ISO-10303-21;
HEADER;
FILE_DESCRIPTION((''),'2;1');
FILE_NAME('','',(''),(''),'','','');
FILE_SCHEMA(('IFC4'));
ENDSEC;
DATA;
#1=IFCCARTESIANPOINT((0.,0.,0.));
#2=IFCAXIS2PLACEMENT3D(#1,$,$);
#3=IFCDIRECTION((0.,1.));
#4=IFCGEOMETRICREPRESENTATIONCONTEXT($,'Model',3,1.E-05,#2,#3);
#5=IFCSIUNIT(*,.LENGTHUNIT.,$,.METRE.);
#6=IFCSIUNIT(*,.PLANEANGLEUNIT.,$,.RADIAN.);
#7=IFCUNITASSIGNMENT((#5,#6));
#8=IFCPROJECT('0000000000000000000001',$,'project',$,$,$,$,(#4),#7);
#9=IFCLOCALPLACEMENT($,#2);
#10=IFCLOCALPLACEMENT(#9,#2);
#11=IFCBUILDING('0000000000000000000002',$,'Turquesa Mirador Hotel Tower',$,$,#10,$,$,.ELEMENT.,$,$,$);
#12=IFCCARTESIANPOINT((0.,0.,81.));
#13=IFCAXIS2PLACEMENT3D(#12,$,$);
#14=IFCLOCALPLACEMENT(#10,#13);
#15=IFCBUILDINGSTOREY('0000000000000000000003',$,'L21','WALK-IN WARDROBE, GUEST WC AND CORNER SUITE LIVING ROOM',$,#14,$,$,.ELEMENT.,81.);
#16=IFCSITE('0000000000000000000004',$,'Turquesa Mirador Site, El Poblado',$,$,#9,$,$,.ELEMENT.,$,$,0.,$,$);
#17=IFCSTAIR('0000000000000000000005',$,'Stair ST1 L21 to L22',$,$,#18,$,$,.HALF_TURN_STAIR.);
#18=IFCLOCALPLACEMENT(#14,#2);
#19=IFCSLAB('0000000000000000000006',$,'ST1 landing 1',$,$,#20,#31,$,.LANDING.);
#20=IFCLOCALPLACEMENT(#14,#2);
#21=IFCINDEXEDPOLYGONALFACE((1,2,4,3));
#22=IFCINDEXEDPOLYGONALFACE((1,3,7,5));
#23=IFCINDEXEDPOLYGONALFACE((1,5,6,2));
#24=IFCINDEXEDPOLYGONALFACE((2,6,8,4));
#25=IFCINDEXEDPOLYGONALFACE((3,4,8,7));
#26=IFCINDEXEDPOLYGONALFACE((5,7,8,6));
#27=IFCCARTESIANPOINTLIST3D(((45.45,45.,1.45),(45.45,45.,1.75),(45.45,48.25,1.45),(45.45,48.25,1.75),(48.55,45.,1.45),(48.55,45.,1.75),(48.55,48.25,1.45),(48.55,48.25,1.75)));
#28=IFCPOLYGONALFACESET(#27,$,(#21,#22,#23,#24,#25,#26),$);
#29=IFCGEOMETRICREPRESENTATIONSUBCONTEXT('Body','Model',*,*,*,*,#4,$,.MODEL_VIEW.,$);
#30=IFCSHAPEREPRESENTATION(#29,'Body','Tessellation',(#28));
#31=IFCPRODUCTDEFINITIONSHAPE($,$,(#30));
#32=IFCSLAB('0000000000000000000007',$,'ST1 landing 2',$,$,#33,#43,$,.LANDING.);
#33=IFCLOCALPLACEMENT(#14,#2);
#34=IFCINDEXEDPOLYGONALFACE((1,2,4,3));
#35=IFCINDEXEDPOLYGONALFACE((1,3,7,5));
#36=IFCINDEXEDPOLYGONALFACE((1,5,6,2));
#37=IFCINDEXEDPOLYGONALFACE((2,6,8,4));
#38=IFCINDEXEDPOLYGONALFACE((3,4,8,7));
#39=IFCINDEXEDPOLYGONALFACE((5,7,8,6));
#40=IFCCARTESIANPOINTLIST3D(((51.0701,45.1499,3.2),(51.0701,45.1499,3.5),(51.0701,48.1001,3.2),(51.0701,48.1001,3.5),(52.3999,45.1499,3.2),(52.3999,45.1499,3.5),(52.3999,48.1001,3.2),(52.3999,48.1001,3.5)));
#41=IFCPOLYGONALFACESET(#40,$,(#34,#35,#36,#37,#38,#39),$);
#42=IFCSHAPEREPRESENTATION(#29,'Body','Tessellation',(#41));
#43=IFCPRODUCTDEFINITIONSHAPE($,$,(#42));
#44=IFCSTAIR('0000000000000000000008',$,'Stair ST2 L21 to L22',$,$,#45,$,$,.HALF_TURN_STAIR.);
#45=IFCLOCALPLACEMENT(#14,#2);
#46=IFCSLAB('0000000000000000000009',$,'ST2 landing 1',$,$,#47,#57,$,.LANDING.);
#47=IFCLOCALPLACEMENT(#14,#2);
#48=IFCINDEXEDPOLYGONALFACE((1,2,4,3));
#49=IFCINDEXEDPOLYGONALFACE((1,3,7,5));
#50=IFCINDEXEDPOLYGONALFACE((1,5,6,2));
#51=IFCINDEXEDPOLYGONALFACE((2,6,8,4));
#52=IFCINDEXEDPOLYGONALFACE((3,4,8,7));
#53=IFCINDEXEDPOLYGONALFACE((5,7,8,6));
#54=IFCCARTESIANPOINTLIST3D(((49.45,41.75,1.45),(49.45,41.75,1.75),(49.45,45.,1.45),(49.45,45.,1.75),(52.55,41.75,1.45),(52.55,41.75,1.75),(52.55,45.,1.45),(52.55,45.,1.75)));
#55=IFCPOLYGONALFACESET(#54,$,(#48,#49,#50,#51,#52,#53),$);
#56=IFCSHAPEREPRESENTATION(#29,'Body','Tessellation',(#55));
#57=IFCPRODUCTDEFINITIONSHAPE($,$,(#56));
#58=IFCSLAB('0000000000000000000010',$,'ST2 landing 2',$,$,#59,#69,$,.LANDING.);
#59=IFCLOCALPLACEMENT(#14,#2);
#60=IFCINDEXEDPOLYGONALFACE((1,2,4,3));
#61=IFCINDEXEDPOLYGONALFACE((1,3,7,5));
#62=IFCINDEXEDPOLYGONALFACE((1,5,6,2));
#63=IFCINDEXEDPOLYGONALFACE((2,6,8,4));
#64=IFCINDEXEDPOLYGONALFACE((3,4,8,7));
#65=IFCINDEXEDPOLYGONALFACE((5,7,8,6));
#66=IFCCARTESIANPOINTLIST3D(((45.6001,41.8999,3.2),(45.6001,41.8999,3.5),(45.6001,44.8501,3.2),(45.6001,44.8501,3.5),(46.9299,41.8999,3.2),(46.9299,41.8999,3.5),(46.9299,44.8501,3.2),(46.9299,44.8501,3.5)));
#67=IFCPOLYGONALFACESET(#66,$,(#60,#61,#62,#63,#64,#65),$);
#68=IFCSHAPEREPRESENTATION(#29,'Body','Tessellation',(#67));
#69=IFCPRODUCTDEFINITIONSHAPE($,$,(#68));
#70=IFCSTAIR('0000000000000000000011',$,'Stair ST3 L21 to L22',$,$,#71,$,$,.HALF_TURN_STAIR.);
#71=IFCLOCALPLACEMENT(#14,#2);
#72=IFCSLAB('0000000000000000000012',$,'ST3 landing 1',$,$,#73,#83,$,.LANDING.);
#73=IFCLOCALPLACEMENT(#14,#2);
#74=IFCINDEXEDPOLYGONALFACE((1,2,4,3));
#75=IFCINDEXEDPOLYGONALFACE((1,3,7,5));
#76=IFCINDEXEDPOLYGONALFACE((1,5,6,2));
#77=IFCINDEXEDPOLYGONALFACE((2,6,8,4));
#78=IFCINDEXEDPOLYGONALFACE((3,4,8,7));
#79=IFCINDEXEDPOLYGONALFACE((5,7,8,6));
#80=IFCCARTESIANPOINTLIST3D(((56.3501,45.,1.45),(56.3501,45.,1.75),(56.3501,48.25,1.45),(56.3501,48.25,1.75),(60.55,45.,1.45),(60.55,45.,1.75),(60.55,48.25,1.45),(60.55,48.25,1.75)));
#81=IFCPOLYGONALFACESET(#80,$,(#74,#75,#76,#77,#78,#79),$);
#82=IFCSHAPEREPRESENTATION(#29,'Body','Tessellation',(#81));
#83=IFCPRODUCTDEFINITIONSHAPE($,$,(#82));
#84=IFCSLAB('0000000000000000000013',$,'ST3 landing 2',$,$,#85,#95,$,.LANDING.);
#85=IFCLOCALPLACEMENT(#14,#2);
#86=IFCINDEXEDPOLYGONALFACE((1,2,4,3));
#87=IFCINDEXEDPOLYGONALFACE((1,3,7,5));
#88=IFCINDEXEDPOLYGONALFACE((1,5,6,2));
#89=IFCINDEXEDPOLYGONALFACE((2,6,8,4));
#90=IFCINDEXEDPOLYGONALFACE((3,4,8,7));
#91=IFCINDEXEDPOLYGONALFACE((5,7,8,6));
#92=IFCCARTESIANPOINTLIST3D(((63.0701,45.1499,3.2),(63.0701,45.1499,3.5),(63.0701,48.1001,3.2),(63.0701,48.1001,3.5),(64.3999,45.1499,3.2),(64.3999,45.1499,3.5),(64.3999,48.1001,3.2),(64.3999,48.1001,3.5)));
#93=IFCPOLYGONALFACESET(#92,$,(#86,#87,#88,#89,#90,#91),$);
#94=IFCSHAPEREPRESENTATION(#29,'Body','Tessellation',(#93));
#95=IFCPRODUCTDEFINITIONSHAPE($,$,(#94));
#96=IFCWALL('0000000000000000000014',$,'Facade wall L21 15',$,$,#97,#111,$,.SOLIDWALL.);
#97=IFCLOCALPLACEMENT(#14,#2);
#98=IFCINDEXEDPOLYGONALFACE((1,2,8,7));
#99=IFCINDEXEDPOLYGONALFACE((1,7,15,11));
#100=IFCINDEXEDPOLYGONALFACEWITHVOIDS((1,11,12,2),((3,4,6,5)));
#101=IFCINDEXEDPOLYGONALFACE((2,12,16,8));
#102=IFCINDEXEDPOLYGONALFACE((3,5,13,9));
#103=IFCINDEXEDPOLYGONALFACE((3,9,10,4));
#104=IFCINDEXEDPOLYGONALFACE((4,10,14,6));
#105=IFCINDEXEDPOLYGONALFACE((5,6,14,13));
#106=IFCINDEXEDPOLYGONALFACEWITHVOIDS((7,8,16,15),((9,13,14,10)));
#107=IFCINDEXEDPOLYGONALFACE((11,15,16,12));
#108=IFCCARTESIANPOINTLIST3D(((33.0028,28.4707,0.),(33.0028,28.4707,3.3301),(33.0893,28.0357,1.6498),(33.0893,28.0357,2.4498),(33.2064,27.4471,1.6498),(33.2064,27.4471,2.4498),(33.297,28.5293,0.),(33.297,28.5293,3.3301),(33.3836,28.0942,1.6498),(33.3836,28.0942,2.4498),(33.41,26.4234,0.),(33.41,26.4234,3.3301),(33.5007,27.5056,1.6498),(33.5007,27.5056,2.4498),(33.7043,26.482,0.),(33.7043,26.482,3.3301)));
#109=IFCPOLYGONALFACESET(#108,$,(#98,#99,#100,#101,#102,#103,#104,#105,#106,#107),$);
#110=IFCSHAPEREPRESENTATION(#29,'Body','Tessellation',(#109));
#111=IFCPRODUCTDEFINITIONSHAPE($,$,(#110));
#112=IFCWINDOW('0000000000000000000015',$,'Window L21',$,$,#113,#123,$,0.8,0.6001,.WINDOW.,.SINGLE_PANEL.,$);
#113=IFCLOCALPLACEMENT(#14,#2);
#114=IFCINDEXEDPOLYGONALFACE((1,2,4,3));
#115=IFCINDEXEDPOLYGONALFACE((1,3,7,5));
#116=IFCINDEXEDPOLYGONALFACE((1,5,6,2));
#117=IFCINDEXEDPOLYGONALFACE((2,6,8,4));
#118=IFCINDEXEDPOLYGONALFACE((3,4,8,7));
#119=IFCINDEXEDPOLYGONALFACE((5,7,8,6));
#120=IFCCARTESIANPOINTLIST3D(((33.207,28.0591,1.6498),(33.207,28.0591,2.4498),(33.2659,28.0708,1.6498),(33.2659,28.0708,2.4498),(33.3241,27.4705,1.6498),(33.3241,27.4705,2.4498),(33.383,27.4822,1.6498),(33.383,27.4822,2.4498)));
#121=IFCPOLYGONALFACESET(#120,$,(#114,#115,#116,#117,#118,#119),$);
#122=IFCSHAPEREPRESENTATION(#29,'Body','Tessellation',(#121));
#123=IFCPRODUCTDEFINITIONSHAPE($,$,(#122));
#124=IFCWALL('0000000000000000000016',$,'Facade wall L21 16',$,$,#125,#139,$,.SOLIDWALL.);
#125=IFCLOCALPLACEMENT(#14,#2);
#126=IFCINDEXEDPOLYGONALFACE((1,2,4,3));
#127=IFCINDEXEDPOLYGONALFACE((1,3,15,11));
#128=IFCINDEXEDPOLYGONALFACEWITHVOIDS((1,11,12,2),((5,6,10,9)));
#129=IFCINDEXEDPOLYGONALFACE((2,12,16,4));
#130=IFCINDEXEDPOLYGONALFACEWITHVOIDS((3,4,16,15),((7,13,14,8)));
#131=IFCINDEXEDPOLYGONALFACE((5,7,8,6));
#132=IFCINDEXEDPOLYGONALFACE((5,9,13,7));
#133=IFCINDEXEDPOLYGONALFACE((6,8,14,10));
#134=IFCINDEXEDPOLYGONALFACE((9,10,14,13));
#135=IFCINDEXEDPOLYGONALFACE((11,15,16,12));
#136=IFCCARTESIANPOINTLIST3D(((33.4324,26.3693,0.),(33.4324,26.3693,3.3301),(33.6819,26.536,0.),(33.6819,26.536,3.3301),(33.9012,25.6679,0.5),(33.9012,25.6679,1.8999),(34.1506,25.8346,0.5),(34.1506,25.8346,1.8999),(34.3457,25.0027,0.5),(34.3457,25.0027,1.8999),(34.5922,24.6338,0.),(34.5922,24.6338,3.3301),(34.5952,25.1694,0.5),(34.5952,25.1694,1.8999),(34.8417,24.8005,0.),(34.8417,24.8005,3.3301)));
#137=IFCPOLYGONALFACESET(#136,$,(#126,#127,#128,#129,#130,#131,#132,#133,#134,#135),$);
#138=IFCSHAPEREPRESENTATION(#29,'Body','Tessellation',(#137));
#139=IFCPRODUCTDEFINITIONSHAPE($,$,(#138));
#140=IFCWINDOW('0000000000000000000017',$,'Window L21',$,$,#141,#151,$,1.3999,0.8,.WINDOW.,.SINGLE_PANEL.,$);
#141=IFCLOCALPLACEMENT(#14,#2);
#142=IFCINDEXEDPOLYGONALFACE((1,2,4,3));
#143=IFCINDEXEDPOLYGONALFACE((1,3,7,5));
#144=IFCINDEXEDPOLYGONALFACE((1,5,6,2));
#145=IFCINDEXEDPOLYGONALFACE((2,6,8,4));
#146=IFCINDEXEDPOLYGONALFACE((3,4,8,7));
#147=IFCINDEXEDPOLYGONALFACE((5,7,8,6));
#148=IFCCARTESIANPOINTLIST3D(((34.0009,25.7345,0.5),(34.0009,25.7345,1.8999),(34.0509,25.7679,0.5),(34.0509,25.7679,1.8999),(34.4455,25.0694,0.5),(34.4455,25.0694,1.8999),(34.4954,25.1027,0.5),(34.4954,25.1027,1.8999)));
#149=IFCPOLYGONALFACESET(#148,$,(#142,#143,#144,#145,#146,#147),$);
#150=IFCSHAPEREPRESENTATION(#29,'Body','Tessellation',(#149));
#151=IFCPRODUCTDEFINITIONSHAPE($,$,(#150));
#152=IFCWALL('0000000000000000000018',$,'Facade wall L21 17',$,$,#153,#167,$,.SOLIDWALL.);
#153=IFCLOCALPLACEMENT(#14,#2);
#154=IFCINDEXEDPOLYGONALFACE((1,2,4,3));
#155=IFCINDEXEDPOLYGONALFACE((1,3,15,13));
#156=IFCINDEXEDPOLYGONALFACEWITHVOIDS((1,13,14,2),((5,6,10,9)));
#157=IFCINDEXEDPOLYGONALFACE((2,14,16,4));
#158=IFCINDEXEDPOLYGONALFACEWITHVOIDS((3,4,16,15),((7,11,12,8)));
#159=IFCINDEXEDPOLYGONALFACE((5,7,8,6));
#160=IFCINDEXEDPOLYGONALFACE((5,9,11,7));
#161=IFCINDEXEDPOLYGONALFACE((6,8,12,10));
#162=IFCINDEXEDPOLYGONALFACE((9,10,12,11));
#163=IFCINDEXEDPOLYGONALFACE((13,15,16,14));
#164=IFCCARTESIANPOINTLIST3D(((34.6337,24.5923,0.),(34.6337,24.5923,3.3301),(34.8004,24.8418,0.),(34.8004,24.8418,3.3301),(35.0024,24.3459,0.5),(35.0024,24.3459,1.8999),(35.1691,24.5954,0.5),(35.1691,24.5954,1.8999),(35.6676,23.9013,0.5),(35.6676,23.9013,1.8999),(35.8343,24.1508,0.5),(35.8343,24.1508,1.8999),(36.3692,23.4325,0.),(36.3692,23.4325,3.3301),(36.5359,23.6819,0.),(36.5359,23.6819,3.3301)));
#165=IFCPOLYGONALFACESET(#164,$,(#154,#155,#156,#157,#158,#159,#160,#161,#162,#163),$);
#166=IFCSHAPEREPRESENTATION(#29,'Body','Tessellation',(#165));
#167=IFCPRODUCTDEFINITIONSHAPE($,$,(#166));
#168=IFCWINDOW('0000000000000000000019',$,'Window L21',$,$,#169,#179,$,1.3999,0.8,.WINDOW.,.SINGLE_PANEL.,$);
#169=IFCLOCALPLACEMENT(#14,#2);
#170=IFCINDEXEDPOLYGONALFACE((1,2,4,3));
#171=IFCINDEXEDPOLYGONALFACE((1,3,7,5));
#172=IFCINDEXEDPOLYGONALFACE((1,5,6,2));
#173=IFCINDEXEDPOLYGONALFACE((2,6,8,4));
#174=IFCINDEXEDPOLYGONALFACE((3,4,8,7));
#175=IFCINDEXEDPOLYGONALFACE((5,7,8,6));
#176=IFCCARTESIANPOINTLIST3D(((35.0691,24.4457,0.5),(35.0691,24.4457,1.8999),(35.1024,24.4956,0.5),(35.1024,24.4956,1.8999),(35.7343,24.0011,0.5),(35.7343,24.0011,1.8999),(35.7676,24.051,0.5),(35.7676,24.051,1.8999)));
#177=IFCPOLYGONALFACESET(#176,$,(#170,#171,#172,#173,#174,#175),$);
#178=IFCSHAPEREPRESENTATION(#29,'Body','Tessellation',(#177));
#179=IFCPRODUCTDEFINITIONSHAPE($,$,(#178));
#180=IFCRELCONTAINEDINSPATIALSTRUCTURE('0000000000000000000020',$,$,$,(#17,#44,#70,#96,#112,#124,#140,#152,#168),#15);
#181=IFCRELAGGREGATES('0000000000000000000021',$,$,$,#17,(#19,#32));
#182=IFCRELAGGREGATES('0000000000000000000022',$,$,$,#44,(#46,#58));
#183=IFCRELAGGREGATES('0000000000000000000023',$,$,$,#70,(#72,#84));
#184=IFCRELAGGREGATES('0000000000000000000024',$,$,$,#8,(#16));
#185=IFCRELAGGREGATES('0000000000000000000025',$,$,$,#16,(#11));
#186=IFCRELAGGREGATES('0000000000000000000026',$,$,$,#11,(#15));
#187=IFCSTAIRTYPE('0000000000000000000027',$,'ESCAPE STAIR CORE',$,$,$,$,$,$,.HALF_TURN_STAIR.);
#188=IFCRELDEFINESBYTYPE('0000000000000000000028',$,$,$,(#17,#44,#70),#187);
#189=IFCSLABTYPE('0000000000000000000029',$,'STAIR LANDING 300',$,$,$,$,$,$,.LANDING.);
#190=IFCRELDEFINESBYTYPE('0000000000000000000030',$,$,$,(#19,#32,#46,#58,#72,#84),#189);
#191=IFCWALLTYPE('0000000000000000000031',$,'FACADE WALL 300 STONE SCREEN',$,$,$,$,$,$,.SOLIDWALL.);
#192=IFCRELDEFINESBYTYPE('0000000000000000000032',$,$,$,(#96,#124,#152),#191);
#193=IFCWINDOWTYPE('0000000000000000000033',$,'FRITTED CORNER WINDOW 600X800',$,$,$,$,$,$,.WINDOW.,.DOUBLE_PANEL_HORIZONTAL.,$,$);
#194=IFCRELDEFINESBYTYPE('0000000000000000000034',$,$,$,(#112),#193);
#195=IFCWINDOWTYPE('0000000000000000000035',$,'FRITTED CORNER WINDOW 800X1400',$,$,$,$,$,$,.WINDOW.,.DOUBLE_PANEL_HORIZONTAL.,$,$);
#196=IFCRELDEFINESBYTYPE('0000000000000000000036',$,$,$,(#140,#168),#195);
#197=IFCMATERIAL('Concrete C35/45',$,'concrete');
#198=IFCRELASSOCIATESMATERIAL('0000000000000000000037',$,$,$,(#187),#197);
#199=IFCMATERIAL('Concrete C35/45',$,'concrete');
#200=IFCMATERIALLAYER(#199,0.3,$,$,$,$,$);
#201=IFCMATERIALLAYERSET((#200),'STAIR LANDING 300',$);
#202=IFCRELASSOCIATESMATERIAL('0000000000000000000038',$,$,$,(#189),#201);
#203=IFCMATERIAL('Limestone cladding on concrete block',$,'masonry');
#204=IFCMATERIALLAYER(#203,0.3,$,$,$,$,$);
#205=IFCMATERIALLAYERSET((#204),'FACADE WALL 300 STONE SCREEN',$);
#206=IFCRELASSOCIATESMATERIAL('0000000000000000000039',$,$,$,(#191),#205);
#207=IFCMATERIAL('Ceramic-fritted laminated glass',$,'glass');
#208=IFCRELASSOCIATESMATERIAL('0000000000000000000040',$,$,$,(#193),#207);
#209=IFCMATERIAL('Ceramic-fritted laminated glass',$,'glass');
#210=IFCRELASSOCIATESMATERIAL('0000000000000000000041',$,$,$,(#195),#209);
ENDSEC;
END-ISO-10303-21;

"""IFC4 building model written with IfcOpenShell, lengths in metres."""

from ifc_helpers import new_model, si_unit, direction, frame, frame_2d, origin, place, context, subcontext, project, spatial, polyline, rectangle, outline, extrude, material, layer, layer_set, type_object, element, fill, aggregate, save


model = new_model("IFC4")

# Units and contexts
model_context = context("Model", 3, precision=1e-05, world=origin(), true_north=direction((0.0, 1.0)))
body_context = subcontext(model_context, "Body", "Model", "MODEL_VIEW")
ifc_project = project(units=[si_unit("LENGTHUNIT", "METRE"), si_unit("PLANEANGLEUNIT", "RADIAN")], contexts=[model_context])

# Site, building, storey
site_placement = place(None, origin())
site = spatial("IfcSite", under=ifc_project, at=site_placement, Name="Turquesa Mirador Site, El Poblado", CompositionType="ELEMENT", RefElevation=0.0)
building_placement = place(site_placement, origin())
building = spatial("IfcBuilding", under=site, at=building_placement, Name="Turquesa Mirador Hotel Tower", CompositionType="ELEMENT")
storey_placement = place(building_placement, frame((0.0, 0.0, 81.0)))
storey = spatial("IfcBuildingStorey", under=building, at=storey_placement, Name="L21", Description="WALK-IN WARDROBE, GUEST WC AND CORNER SUITE LIVING ROOM", CompositionType="ELEMENT", Elevation=81.0)

# Stairs, slabs
ifc_material_1 = material(Name="Concrete C35/45", Category="concrete")
stair_type = type_object("IfcStairType", Name="ESCAPE STAIR CORE", PredefinedType="HALF_TURN_STAIR", material=ifc_material_1)
stair_1_placement = place(storey_placement, origin())
stair_1 = element("IfcStair", 1, at=stair_1_placement, inside=storey, type_object=stair_type, Name="Stair ST1 L21 to L22", PredefinedType="HALF_TURN_STAIR")
ifc_material_2 = material(Name="Concrete C35/45", Category="concrete")
ifc_layer_1 = layer(ifc_material_2, 0.3)
ifc_layer_set_1 = layer_set([ifc_layer_1], Name="STAIR LANDING 300")
slab_type_1 = type_object("IfcSlabType", Name="STAIR LANDING 300", PredefinedType="LANDING", material=ifc_layer_set_1)
slab_1_placement = place(storey_placement, frame((0.0, 0.0, 1.45)))
slab_1 = element("IfcSlab", 2, at=slab_1_placement, type_object=slab_type_1, Name="ST1 landing 1", PredefinedType="LANDING", context=body_context, shape_type="SweptSolid", body=[
    extrude(outline(polyline([(45.45, 45.0), (48.55, 45.0), (48.55, 48.25), (45.45, 48.25), (45.45, 45.0)])), origin(), (0.0, 0.0, 1.0), 0.3),
])
slab_2_placement = place(storey_placement, frame((0.0, 0.0, 3.2)))
slab_2 = element("IfcSlab", 3, at=slab_2_placement, type_object=slab_type_1, Name="ST1 landing 2", PredefinedType="LANDING", context=body_context, shape_type="SweptSolid", body=[
    extrude(outline(polyline([(51.0701, 45.1499), (52.3999, 45.1499), (52.3999, 48.1001), (51.0701, 48.1001), (51.0701, 45.1499)])), origin(), (0.0, 0.0, 1.0), 0.3),
])
aggregate(stair_1, [slab_1, slab_2])
stair_2_placement = place(storey_placement, origin())
stair_2 = element("IfcStair", 4, at=stair_2_placement, inside=storey, type_object=stair_type, Name="Stair ST2 L21 to L22", PredefinedType="HALF_TURN_STAIR")
slab_3_placement = place(storey_placement, frame((0.0, 0.0, 1.45)))
slab_3 = element("IfcSlab", 5, at=slab_3_placement, type_object=slab_type_1, Name="ST2 landing 1", PredefinedType="LANDING", context=body_context, shape_type="SweptSolid", body=[
    extrude(outline(polyline([(52.55, 45.0), (49.45, 45.0), (49.45, 41.75), (52.55, 41.75), (52.55, 45.0)])), origin(), (0.0, 0.0, 1.0), 0.3),
])
slab_4_placement = place(storey_placement, frame((0.0, 0.0, 3.2)))
slab_4 = element("IfcSlab", 6, at=slab_4_placement, type_object=slab_type_1, Name="ST2 landing 2", PredefinedType="LANDING", context=body_context, shape_type="SweptSolid", body=[
    extrude(outline(polyline([(46.9299, 44.8501), (45.6001, 44.8501), (45.6001, 41.8999), (46.9299, 41.8999), (46.9299, 44.8501)])), origin(), (0.0, 0.0, 1.0), 0.3),
])
aggregate(stair_2, [slab_3, slab_4])
stair_3_placement = place(storey_placement, origin())
stair_3 = element("IfcStair", 7, at=stair_3_placement, inside=storey, type_object=stair_type, Name="Stair ST3 L21 to L22", PredefinedType="HALF_TURN_STAIR")
slab_5_placement = place(storey_placement, frame((0.0, 0.0, 1.45)))
slab_5 = element("IfcSlab", 8, at=slab_5_placement, type_object=slab_type_1, Name="ST3 landing 1", PredefinedType="LANDING", context=body_context, shape_type="SweptSolid", body=[
    extrude(outline(polyline([(56.3501, 45.0), (60.55, 45.0), (60.55, 48.25), (56.3501, 48.25), (56.3501, 45.0)])), origin(), (0.0, 0.0, 1.0), 0.3),
])
slab_6_placement = place(storey_placement, frame((0.0, 0.0, 3.2)))
slab_6 = element("IfcSlab", 9, at=slab_6_placement, type_object=slab_type_1, Name="ST3 landing 2", PredefinedType="LANDING", context=body_context, shape_type="SweptSolid", body=[
    extrude(outline(polyline([(63.0701, 45.1499), (64.3999, 45.1499), (64.3999, 48.1001), (63.0701, 48.1001), (63.0701, 45.1499)])), origin(), (0.0, 0.0, 1.0), 0.3),
])
aggregate(stair_3, [slab_5, slab_6])

# Walls, openings, windows
ifc_material_3 = material(Name="Limestone cladding on concrete block", Category="masonry")
ifc_layer_2 = layer(ifc_material_3, 0.3)
ifc_layer_set_2 = layer_set([ifc_layer_2], Name="FACADE WALL 300 STONE SCREEN")
wall_type = type_object("IfcWallType", Name="FACADE WALL 300 STONE SCREEN", PredefinedType="SOLIDWALL", material=ifc_layer_set_2)
wall_1_placement = place(storey_placement, frame((33.1499, 28.5, 0.0), z_axis=(0.0, 0.0, 1.0), x_axis=(0.195081, -0.980787, 0.0)))
wall_1 = element("IfcWall", 10, at=wall_1_placement, inside=storey, type_object=wall_type, Name="Facade wall L21 15", PredefinedType="SOLIDWALL", context=body_context, shape_type="SweptSolid", body=[
    extrude(rectangle(XDim=2.0874, YDim=0.3, at=frame_2d((1.0437, 0.0))), origin(), (0.0, 0.0, 1.0), 3.3301),
])
opening_1_placement = place(wall_1_placement, frame((0.4436, 0.0, 1.6499)))
opening_1 = element("IfcOpeningElement", 11, at=opening_1_placement, cuts=wall_1, PredefinedType="OPENING", context=body_context, shape_type="SweptSolid", body=[
    extrude(rectangle(XDim=0.6001, YDim=0.8, at=frame_2d((0.3, 0.3999))), frame((0.0, 0.1599, 0.0), z_axis=(0.0, -1.0, 0.0), x_axis=(1.0, 0.0, 0.0)), (0.0, 0.0, 1.0), 0.3201),
])
ifc_material_4 = material(Name="Ceramic-fritted laminated glass", Category="glass")
window_type_1 = type_object("IfcWindowType", Name="FRITTED CORNER WINDOW 600X800", PartitioningType="DOUBLE_PANEL_HORIZONTAL", PredefinedType="WINDOW", material=ifc_material_4)
window_1_placement = place(opening_1_placement, origin())
window_1 = element("IfcWindow", 12, at=window_1_placement, inside=storey, type_object=window_type_1, Name="Window L21", OverallHeight=0.8, OverallWidth=0.6001, PartitioningType="SINGLE_PANEL", PredefinedType="WINDOW", context=body_context, shape_type="SweptSolid", body=[
    extrude(rectangle(XDim=0.6001, YDim=0.8, at=frame_2d((0.3, 0.3999))), frame((0.0, 0.03, 0.0), z_axis=(0.0, -1.0, 0.0), x_axis=(1.0, 0.0, 0.0)), (0.0, 0.0, 1.0), 0.0601),
])
fill(opening_1, window_1)
wall_2_placement = place(storey_placement, frame((33.5571, 26.4526, 0.0), z_axis=(0.0, 0.0, 1.0), x_axis=(0.555644, -0.83142, 0.0)))
wall_2 = element("IfcWall", 13, at=wall_2_placement, inside=storey, type_object=wall_type, Name="Facade wall L21 16", PredefinedType="SOLIDWALL", context=body_context, shape_type="SweptSolid", body=[
    extrude(rectangle(XDim=2.0874, YDim=0.3, at=frame_2d((1.0437, 0.0))), origin(), (0.0, 0.0, 1.0), 3.3301),
])
opening_2_placement = place(wall_2_placement, frame((0.8438, 0.0, 0.5)))
opening_2 = element("IfcOpeningElement", 14, at=opening_2_placement, cuts=wall_2, PredefinedType="OPENING", context=body_context, shape_type="SweptSolid", body=[
    extrude(rectangle(XDim=0.8, YDim=1.3999, at=frame_2d((0.3999, 0.7))), frame((0.0, 0.1599, 0.0), z_axis=(0.0, -1.0, 0.0), x_axis=(1.0, 0.0, 0.0)), (0.0, 0.0, 1.0), 0.3201),
])
ifc_material_5 = material(Name="Ceramic-fritted laminated glass", Category="glass")
window_type_2 = type_object("IfcWindowType", Name="FRITTED CORNER WINDOW 800X1400", PartitioningType="DOUBLE_PANEL_HORIZONTAL", PredefinedType="WINDOW", material=ifc_material_5)
window_2_placement = place(opening_2_placement, origin())
window_2 = element("IfcWindow", 15, at=window_2_placement, inside=storey, type_object=window_type_2, Name="Window L21", OverallHeight=1.3999, OverallWidth=0.8, PartitioningType="SINGLE_PANEL", PredefinedType="WINDOW", context=body_context, shape_type="SweptSolid", body=[
    extrude(rectangle(XDim=0.8, YDim=1.3999, at=frame_2d((0.3999, 0.7))), frame((0.0, 0.03, 0.0), z_axis=(0.0, -1.0, 0.0), x_axis=(1.0, 0.0, 0.0)), (0.0, 0.0, 1.0), 0.0601),
])
fill(opening_2, window_2)
wall_3_placement = place(storey_placement, frame((34.717, 24.717, 0.0), z_axis=(0.0, 0.0, 1.0), x_axis=(0.83142, -0.555644, 0.0)))
wall_3 = element("IfcWall", 16, at=wall_3_placement, inside=storey, type_object=wall_type, Name="Facade wall L21 17", PredefinedType="SOLIDWALL", context=body_context, shape_type="SweptSolid", body=[
    extrude(rectangle(XDim=2.0874, YDim=0.3, at=frame_2d((1.0437, 0.0))), origin(), (0.0, 0.0, 1.0), 3.3301),
])
opening_3_placement = place(wall_3_placement, frame((0.4436, 0.0, 0.5)))
opening_3 = element("IfcOpeningElement", 17, at=opening_3_placement, cuts=wall_3, PredefinedType="OPENING", context=body_context, shape_type="SweptSolid", body=[
    extrude(rectangle(XDim=0.8, YDim=1.3999, at=frame_2d((0.3999, 0.7))), frame((0.0, 0.1599, 0.0), z_axis=(0.0, -1.0, 0.0), x_axis=(1.0, 0.0, 0.0)), (0.0, 0.0, 1.0), 0.3201),
])
window_3_placement = place(opening_3_placement, origin())
window_3 = element("IfcWindow", 18, at=window_3_placement, inside=storey, type_object=window_type_2, Name="Window L21", OverallHeight=1.3999, OverallWidth=0.8, PartitioningType="SINGLE_PANEL", PredefinedType="WINDOW", context=body_context, shape_type="SweptSolid", body=[
    extrude(rectangle(XDim=0.8, YDim=1.3999, at=frame_2d((0.3999, 0.7))), frame((0.0, 0.03, 0.0), z_axis=(0.0, -1.0, 0.0), x_axis=(1.0, 0.0, 0.0)), (0.0, 0.0, 1.0), 0.0601),
])
fill(opening_3, window_3)

save(model, "model.ifc")
